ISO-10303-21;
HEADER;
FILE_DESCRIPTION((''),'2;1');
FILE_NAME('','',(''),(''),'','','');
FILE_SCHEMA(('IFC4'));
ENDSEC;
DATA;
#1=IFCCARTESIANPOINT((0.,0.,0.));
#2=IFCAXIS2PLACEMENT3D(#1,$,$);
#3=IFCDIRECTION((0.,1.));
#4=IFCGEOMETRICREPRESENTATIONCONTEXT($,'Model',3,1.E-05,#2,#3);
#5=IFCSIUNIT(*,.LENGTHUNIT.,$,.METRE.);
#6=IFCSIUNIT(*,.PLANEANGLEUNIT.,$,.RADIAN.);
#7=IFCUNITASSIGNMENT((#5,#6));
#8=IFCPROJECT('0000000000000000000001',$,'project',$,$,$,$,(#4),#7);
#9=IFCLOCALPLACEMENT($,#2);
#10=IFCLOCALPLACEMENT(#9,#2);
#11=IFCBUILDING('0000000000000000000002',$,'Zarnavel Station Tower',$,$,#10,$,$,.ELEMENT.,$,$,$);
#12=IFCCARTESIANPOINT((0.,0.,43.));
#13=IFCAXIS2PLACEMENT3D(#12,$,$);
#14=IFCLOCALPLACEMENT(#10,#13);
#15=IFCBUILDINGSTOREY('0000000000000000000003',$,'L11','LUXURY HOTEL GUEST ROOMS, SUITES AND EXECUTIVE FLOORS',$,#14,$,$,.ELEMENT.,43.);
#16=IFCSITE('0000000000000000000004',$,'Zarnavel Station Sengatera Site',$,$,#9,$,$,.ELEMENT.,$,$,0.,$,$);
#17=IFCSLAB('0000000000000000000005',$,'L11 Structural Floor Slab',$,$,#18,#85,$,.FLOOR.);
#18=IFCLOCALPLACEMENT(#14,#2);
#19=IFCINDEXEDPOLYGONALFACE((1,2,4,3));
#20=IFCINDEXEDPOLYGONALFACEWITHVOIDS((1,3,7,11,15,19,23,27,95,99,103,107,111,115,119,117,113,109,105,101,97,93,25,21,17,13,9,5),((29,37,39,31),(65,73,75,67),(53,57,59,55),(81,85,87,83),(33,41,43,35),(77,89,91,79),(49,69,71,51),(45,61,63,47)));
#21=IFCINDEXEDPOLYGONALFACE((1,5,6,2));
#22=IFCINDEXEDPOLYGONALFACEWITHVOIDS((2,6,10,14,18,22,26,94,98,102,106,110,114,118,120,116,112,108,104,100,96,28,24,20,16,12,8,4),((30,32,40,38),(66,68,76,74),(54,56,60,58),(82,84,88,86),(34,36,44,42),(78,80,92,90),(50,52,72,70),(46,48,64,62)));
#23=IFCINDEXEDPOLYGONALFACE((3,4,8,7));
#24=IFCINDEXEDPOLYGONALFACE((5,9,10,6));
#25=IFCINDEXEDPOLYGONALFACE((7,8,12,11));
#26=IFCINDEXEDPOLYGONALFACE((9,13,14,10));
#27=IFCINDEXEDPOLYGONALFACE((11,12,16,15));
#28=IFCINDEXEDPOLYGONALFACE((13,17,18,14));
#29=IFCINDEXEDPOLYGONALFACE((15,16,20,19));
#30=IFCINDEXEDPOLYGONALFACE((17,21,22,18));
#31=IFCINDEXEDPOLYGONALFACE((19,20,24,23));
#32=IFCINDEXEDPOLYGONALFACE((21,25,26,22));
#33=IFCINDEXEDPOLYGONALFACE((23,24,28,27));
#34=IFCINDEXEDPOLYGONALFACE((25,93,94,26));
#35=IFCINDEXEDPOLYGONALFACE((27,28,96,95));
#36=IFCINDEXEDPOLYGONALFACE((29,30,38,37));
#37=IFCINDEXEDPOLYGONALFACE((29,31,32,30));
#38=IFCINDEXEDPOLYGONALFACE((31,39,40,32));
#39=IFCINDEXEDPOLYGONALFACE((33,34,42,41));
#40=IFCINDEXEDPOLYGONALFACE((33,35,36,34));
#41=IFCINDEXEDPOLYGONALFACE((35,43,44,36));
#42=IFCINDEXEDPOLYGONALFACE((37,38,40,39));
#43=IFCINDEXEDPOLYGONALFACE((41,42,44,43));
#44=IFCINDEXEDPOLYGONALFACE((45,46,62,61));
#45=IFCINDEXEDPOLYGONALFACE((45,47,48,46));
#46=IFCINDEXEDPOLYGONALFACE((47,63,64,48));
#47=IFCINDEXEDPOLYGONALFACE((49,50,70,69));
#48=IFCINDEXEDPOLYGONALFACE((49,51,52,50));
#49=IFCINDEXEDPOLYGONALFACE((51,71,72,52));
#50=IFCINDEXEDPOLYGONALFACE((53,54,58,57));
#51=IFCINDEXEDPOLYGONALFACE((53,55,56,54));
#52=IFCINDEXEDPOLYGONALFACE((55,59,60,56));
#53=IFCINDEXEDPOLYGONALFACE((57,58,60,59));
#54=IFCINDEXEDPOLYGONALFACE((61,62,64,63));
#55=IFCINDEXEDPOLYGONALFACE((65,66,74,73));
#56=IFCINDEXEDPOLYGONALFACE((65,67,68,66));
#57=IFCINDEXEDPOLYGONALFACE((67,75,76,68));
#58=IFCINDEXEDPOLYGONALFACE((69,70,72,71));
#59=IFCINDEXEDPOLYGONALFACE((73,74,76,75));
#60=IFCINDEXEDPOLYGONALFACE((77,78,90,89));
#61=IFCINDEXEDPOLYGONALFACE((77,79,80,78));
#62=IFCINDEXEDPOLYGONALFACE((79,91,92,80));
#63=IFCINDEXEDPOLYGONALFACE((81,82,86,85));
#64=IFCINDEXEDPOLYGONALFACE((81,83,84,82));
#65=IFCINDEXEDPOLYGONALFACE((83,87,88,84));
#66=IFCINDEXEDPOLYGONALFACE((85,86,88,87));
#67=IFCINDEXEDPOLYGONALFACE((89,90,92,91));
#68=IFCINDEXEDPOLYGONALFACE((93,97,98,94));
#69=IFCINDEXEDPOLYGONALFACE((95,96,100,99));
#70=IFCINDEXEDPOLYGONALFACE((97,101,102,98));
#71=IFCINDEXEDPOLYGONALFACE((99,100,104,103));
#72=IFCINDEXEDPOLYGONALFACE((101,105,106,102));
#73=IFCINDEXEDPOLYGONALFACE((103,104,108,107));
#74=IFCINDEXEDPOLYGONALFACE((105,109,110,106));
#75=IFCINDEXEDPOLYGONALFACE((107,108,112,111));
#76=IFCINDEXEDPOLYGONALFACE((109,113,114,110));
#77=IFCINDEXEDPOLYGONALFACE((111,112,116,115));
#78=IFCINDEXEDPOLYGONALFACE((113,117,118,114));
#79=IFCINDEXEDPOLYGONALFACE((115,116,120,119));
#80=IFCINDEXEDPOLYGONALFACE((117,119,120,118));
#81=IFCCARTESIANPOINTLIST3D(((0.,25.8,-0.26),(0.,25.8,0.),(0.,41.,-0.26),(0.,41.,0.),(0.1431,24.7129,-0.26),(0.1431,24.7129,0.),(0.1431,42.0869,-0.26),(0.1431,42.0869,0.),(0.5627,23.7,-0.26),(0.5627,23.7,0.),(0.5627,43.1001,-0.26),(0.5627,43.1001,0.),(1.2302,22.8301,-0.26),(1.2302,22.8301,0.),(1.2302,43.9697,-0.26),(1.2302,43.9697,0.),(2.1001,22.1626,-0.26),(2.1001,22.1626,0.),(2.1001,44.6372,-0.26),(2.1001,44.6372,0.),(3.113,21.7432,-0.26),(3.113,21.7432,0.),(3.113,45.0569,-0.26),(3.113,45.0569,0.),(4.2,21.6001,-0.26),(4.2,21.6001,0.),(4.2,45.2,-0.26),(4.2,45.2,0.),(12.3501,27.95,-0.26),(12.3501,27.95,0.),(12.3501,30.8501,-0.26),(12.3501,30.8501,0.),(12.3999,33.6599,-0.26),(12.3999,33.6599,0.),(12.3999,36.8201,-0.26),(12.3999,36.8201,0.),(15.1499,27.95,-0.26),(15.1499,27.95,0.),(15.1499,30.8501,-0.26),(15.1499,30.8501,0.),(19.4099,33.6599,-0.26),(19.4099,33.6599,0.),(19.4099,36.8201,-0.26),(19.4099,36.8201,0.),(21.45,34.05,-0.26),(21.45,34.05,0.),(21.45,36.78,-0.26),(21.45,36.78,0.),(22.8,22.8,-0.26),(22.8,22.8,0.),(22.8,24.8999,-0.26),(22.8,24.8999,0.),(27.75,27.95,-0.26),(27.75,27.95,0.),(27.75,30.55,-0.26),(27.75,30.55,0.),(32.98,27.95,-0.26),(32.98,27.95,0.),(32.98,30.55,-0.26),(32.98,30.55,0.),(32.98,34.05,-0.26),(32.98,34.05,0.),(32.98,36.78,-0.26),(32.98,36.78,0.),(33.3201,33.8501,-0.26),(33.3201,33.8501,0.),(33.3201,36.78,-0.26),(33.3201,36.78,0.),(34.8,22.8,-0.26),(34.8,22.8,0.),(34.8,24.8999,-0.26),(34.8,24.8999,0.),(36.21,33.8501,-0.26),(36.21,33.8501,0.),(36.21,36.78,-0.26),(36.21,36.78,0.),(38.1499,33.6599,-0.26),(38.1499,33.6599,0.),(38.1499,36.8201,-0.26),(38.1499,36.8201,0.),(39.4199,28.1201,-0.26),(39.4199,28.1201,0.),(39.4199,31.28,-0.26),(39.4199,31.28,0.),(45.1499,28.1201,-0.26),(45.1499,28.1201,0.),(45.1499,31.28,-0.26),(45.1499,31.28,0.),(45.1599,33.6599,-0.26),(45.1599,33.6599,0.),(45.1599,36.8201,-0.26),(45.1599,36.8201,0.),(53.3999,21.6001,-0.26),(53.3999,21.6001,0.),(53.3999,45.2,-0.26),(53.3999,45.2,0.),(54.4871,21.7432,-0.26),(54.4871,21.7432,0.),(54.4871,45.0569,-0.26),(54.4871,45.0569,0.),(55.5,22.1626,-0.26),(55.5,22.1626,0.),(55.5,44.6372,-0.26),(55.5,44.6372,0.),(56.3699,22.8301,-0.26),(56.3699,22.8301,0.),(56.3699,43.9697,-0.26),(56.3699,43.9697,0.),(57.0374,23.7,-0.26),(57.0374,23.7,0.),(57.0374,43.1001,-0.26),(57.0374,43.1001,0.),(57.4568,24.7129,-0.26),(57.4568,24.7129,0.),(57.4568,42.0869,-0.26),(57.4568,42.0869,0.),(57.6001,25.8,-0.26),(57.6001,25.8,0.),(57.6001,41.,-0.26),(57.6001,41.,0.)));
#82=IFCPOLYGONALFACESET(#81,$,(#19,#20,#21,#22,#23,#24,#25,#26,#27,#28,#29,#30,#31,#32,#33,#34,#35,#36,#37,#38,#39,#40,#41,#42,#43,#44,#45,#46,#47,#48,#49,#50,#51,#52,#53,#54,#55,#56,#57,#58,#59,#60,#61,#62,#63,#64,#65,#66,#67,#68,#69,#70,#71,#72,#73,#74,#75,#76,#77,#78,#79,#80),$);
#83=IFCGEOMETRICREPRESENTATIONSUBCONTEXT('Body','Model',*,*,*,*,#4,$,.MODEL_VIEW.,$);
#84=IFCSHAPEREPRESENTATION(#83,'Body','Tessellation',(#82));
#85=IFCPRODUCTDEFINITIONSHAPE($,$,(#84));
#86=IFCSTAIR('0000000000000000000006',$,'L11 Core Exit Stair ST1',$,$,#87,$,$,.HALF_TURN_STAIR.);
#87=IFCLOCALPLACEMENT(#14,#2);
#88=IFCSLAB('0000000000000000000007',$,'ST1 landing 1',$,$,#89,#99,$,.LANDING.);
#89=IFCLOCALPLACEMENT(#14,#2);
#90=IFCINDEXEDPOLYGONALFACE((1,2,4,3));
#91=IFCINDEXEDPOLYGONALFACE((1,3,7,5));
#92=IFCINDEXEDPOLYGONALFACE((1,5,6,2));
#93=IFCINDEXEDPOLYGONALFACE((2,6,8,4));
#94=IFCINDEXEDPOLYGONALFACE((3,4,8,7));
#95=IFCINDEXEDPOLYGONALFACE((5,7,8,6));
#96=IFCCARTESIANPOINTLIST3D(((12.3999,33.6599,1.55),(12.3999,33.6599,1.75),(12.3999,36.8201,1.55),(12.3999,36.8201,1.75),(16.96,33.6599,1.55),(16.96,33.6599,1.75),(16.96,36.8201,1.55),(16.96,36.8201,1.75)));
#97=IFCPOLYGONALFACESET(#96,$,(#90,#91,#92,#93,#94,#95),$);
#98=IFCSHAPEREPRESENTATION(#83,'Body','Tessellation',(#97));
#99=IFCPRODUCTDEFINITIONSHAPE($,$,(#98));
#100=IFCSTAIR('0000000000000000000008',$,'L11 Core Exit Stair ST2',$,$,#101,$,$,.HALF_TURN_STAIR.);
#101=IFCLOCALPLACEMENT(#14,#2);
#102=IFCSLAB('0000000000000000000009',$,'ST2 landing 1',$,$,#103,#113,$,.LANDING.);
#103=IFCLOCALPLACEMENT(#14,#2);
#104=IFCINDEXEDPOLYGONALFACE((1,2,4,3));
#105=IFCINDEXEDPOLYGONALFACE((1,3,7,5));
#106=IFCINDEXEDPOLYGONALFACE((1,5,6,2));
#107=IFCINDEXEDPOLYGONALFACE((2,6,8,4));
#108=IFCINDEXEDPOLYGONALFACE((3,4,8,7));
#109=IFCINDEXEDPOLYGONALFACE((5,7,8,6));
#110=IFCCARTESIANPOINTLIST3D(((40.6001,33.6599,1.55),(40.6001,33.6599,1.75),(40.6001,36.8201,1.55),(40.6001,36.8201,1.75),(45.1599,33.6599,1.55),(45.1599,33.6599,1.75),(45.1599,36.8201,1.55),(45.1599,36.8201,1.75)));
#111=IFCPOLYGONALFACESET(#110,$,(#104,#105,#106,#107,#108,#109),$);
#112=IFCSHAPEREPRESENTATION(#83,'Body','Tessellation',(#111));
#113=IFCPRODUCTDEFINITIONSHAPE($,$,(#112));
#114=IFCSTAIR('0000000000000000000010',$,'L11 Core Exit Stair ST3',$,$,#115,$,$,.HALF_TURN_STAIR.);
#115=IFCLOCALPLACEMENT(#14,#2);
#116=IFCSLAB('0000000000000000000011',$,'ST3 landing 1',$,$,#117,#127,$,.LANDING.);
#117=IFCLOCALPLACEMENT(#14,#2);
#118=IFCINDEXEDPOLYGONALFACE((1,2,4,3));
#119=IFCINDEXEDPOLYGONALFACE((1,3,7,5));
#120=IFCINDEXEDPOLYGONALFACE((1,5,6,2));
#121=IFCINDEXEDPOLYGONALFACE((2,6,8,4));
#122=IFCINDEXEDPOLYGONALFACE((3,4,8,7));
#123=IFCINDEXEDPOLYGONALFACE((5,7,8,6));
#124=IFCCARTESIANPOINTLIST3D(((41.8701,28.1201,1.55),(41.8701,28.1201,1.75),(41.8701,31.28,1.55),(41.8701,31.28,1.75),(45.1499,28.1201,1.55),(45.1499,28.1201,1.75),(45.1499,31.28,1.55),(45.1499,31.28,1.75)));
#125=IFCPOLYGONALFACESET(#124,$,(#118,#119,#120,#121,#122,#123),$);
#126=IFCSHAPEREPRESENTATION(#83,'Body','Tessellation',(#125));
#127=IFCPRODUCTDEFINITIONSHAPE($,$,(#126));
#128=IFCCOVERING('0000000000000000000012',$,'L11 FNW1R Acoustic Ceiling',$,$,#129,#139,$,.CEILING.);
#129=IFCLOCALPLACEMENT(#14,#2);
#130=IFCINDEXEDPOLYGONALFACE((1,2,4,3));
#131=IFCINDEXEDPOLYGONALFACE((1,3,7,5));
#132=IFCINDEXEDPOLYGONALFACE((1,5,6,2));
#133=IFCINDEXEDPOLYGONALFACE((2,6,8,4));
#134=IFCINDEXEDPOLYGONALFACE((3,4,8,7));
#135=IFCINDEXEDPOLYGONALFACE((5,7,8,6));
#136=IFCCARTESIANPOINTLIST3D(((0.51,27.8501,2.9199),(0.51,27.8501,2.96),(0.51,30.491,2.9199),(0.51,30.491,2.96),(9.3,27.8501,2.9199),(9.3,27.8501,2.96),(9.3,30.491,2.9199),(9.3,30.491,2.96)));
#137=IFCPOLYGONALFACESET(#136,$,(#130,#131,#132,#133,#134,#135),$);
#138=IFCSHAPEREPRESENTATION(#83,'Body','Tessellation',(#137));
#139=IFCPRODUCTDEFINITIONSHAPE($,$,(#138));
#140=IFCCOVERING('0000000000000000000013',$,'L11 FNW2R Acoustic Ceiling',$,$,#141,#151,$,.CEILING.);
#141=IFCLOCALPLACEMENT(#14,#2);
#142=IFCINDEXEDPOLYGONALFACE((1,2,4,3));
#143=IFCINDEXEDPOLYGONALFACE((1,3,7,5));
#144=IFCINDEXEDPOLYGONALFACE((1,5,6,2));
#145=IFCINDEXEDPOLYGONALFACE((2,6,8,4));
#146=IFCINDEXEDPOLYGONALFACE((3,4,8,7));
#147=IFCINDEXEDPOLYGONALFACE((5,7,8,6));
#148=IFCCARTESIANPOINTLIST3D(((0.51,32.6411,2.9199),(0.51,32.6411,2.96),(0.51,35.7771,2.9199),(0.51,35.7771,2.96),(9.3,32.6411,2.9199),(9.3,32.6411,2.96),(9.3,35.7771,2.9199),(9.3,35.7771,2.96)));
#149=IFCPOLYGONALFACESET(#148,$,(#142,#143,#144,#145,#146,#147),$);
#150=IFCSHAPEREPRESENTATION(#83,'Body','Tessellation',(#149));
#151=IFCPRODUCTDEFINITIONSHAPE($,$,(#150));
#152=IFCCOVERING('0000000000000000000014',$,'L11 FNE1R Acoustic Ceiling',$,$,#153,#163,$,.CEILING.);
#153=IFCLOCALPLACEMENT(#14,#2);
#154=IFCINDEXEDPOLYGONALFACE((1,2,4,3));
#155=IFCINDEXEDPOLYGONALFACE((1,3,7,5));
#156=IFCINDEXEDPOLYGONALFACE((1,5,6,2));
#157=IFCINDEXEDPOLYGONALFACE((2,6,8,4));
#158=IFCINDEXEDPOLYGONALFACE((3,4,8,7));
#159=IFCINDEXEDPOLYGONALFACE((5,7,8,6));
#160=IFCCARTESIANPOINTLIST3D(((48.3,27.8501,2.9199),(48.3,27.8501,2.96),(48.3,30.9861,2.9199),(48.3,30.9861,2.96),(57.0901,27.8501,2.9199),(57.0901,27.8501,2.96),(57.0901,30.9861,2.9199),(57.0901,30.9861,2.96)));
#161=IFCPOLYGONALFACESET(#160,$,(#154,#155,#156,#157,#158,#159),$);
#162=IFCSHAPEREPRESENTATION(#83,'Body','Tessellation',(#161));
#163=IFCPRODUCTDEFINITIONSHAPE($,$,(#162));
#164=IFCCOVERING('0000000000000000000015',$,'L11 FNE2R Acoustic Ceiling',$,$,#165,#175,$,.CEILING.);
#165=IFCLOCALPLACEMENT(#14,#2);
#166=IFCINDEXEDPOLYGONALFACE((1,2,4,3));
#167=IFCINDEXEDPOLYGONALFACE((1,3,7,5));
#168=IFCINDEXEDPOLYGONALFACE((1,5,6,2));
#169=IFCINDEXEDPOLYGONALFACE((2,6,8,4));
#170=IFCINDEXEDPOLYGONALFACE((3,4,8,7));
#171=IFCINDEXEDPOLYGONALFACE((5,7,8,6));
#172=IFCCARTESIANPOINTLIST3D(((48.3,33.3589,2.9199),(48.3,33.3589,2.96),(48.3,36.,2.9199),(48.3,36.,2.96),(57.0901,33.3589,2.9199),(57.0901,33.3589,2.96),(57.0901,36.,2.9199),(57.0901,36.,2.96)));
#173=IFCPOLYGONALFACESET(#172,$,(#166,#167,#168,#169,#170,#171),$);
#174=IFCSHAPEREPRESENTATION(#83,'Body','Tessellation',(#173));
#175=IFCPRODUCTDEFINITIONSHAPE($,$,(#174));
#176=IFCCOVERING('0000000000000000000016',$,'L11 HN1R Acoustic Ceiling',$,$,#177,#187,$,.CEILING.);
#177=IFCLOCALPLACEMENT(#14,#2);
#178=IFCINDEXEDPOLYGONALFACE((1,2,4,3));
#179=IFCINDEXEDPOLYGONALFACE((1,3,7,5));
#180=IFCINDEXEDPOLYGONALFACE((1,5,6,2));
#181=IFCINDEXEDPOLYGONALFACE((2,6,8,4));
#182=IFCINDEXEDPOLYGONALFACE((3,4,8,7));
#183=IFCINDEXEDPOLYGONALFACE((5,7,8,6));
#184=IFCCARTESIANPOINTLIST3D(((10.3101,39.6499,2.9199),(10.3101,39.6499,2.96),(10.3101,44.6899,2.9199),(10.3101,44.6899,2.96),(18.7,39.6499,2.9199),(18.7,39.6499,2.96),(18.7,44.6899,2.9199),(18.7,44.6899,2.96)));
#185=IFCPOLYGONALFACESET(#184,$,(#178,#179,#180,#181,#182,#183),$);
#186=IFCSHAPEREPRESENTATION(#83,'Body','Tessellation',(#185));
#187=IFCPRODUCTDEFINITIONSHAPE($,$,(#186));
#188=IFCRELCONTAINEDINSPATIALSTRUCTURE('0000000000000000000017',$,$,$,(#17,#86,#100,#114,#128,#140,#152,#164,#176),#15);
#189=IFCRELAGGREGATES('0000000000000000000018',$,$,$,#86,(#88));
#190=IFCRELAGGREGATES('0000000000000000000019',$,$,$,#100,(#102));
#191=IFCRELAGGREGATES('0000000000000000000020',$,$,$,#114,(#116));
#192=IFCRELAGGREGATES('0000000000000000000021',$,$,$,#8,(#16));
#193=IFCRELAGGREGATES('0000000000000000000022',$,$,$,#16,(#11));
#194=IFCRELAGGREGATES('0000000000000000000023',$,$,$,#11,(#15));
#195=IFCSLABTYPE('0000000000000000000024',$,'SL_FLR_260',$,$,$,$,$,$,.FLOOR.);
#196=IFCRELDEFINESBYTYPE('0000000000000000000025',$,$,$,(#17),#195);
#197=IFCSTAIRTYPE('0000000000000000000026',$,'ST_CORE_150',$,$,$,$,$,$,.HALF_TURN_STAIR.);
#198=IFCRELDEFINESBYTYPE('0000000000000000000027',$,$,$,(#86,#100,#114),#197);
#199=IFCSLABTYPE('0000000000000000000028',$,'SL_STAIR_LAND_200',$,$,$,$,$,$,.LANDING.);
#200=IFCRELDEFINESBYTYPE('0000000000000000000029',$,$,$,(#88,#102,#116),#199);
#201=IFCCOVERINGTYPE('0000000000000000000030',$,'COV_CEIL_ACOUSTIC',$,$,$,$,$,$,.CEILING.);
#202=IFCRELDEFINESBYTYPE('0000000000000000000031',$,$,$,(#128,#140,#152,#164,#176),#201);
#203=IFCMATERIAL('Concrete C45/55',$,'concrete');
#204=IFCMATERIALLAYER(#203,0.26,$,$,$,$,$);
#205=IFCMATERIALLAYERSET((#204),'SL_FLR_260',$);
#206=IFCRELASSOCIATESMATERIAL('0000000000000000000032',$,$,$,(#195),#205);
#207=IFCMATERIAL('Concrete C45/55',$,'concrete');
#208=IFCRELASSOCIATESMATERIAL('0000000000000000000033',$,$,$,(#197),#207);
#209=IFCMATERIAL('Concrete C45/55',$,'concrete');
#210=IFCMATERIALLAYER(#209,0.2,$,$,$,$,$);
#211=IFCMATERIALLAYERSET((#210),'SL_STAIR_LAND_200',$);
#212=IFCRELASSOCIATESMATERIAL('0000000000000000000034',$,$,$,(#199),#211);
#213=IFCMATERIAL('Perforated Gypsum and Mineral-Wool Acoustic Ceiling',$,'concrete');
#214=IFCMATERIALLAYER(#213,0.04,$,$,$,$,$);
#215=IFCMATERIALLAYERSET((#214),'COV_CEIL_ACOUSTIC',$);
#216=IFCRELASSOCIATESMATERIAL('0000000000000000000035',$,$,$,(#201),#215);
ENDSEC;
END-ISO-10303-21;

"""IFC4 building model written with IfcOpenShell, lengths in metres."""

from ifc_helpers import new_model, si_unit, direction, frame, origin, place, context, subcontext, project, spatial, polyline, outline, extrude, material, layer, layer_set, type_object, element, aggregate, save


model = new_model("IFC4")

# Units and contexts
model_context = context("Model", 3, precision=1e-05, world=origin(), true_north=direction((0.0, 1.0)))
body_context = subcontext(model_context, "Body", "Model", "MODEL_VIEW")
ifc_project = project(units=[si_unit("LENGTHUNIT", "METRE"), si_unit("PLANEANGLEUNIT", "RADIAN")], contexts=[model_context])

# Site, building, storey
site_placement = place(None, origin())
site = spatial("IfcSite", under=ifc_project, at=site_placement, Name="Zarnavel Station Sengatera Site", CompositionType="ELEMENT", RefElevation=0.0)
building_placement = place(site_placement, origin())
building = spatial("IfcBuilding", under=site, at=building_placement, Name="Zarnavel Station Tower", CompositionType="ELEMENT")
storey_placement = place(building_placement, frame((0.0, 0.0, 43.0)))
storey = spatial("IfcBuildingStorey", under=building, at=storey_placement, Name="L11", Description="LUXURY HOTEL GUEST ROOMS, SUITES AND EXECUTIVE FLOORS", CompositionType="ELEMENT", Elevation=43.0)

# Slab
ifc_material_1 = material(Name="Concrete C45/55", Category="concrete")
ifc_layer_1 = layer(ifc_material_1, 0.26)
ifc_layer_set_1 = layer_set([ifc_layer_1], Name="SL_FLR_260")
slab_type_1 = type_object("IfcSlabType", Name="SL_FLR_260", PredefinedType="FLOOR", material=ifc_layer_set_1)
slab_1_placement = place(storey_placement, frame((0.0, 0.0, -0.26)))
element("IfcSlab", 1, at=slab_1_placement, inside=storey, type_object=slab_type_1, Name="L11 Structural Floor Slab", PredefinedType="FLOOR", context=body_context, shape_type="SweptSolid", body=[
    extrude(outline(polyline([(53.3999, 21.6001), (54.4871, 21.7432), (55.5, 22.1626), (56.3699, 22.8301), (57.0374, 23.7), (57.4568, 24.7129), (57.6001, 25.8), (57.6001, 41.0), (57.4568, 42.0869), (57.0374, 43.1001), (56.3699, 43.9697), (55.5, 44.6372), (54.4871, 45.0569), (53.3999, 45.2), (4.2, 45.2), (3.113, 45.0569), (2.1001, 44.6372), (1.2302, 43.9697), (0.5627, 43.1001), (0.1431, 42.0869), (0.0, 41.0), (0.0, 25.8), (0.1431, 24.7129), (0.5627, 23.7), (1.2302, 22.8301), (2.1001, 22.1626), (3.113, 21.7432), (4.2, 21.6001), (53.3999, 21.6001)]), holes=[polyline([(12.3999, 33.6599), (19.4099, 33.6599), (19.4099, 36.8201), (12.3999, 36.8201), (12.3999, 33.6599)]), polyline([(38.1499, 33.6599), (45.1599, 33.6599), (45.1599, 36.8201), (38.1499, 36.8201), (38.1499, 33.6599)]), polyline([(39.4199, 28.1201), (45.1499, 28.1201), (45.1499, 31.28), (39.4199, 31.28), (39.4199, 28.1201)]), polyline([(12.3501, 27.95), (15.1499, 27.95), (15.1499, 30.8501), (12.3501, 30.8501), (12.3501, 27.95)]), polyline([(33.3201, 33.8501), (36.21, 33.8501), (36.21, 36.78), (33.3201, 36.78), (33.3201, 33.8501)]), polyline([(21.45, 34.05), (32.98, 34.05), (32.98, 36.78), (21.45, 36.78), (21.45, 34.05)]), polyline([(27.75, 27.95), (32.98, 27.95), (32.98, 30.55), (27.75, 30.55), (27.75, 27.95)]), polyline([(22.8, 22.8), (34.8, 22.8), (34.8, 24.8999), (22.8, 24.8999), (22.8, 22.8)])]), origin(), (0.0, 0.0, 1.0), 0.26),
])

# Stairs, slabs
ifc_material_2 = material(Name="Concrete C45/55", Category="concrete")
stair_type = type_object("IfcStairType", Name="ST_CORE_150", PredefinedType="HALF_TURN_STAIR", material=ifc_material_2)
stair_1_placement = place(storey_placement, origin())
stair_1 = element("IfcStair", 2, at=stair_1_placement, inside=storey, type_object=stair_type, Name="L11 Core Exit Stair ST1", PredefinedType="HALF_TURN_STAIR")
ifc_material_3 = material(Name="Concrete C45/55", Category="concrete")
ifc_layer_2 = layer(ifc_material_3, 0.2)
ifc_layer_set_2 = layer_set([ifc_layer_2], Name="SL_STAIR_LAND_200")
slab_type_2 = type_object("IfcSlabType", Name="SL_STAIR_LAND_200", PredefinedType="LANDING", material=ifc_layer_set_2)
slab_2_placement = place(storey_placement, frame((0.0, 0.0, 1.55)))
slab_2 = element("IfcSlab", 3, at=slab_2_placement, type_object=slab_type_2, Name="ST1 landing 1", PredefinedType="LANDING", context=body_context, shape_type="SweptSolid", body=[
    extrude(outline(polyline([(16.96, 36.8201), (12.3999, 36.8201), (12.3999, 33.6599), (16.96, 33.6599), (16.96, 36.8201)])), origin(), (0.0, 0.0, 1.0), 0.2),
])
aggregate(stair_1, [slab_2])
stair_2_placement = place(storey_placement, origin())
stair_2 = element("IfcStair", 4, at=stair_2_placement, inside=storey, type_object=stair_type, Name="L11 Core Exit Stair ST2", PredefinedType="HALF_TURN_STAIR")
slab_3_placement = place(storey_placement, frame((0.0, 0.0, 1.55)))
slab_3 = element("IfcSlab", 5, at=slab_3_placement, type_object=slab_type_2, Name="ST2 landing 1", PredefinedType="LANDING", context=body_context, shape_type="SweptSolid", body=[
    extrude(outline(polyline([(40.6001, 33.6599), (45.1599, 33.6599), (45.1599, 36.8201), (40.6001, 36.8201), (40.6001, 33.6599)])), origin(), (0.0, 0.0, 1.0), 0.2),
])
aggregate(stair_2, [slab_3])
stair_3_placement = place(storey_placement, origin())
stair_3 = element("IfcStair", 6, at=stair_3_placement, inside=storey, type_object=stair_type, Name="L11 Core Exit Stair ST3", PredefinedType="HALF_TURN_STAIR")
slab_4_placement = place(storey_placement, frame((0.0, 0.0, 1.55)))
slab_4 = element("IfcSlab", 7, at=slab_4_placement, type_object=slab_type_2, Name="ST3 landing 1", PredefinedType="LANDING", context=body_context, shape_type="SweptSolid", body=[
    extrude(outline(polyline([(41.8701, 28.1201), (45.1499, 28.1201), (45.1499, 31.28), (41.8701, 31.28), (41.8701, 28.1201)])), origin(), (0.0, 0.0, 1.0), 0.2),
])
aggregate(stair_3, [slab_4])

# Coverings
ifc_material_4 = material(Name="Perforated Gypsum and Mineral-Wool Acoustic Ceiling", Category="concrete")
ifc_layer_3 = layer(ifc_material_4, 0.04)
ifc_layer_set_3 = layer_set([ifc_layer_3], Name="COV_CEIL_ACOUSTIC")
covering_type_1 = type_object("IfcCoveringType", Name="COV_CEIL_ACOUSTIC", PredefinedType="CEILING", material=ifc_layer_set_3)
covering_1_placement = place(storey_placement, frame((0.0, 0.0, 2.9199)))
element("IfcCovering", 8, at=covering_1_placement, inside=storey, type_object=covering_type_1, Name="L11 FNW1R Acoustic Ceiling", PredefinedType="CEILING", context=body_context, shape_type="SweptSolid", body=[
    extrude(outline(polyline([(0.51, 27.8501), (9.3, 27.8501), (9.3, 30.491), (0.51, 30.491), (0.51, 27.8501)])), origin(), (0.0, 0.0, 1.0), 0.04),
])
covering_2_placement = place(storey_placement, frame((0.0, 0.0, 2.9199)))
element("IfcCovering", 9, at=covering_2_placement, inside=storey, type_object=covering_type_1, Name="L11 FNW2R Acoustic Ceiling", PredefinedType="CEILING", context=body_context, shape_type="SweptSolid", body=[
    extrude(outline(polyline([(0.51, 32.6411), (9.3, 32.6411), (9.3, 35.7771), (0.51, 35.7771), (0.51, 32.6411)])), origin(), (0.0, 0.0, 1.0), 0.04),
])
covering_3_placement = place(storey_placement, frame((0.0, 0.0, 2.9199)))
element("IfcCovering", 10, at=covering_3_placement, inside=storey, type_object=covering_type_1, Name="L11 FNE1R Acoustic Ceiling", PredefinedType="CEILING", context=body_context, shape_type="SweptSolid", body=[
    extrude(outline(polyline([(48.3, 27.8501), (57.0901, 27.8501), (57.0901, 30.9861), (48.3, 30.9861), (48.3, 27.8501)])), origin(), (0.0, 0.0, 1.0), 0.04),
])
covering_4_placement = place(storey_placement, frame((0.0, 0.0, 2.9199)))
element("IfcCovering", 11, at=covering_4_placement, inside=storey, type_object=covering_type_1, Name="L11 FNE2R Acoustic Ceiling", PredefinedType="CEILING", context=body_context, shape_type="SweptSolid", body=[
    extrude(outline(polyline([(48.3, 33.3589), (57.0901, 33.3589), (57.0901, 36.0), (48.3, 36.0), (48.3, 33.3589)])), origin(), (0.0, 0.0, 1.0), 0.04),
])
covering_5_placement = place(storey_placement, frame((0.0, 0.0, 2.9199)))
element("IfcCovering", 12, at=covering_5_placement, inside=storey, type_object=covering_type_1, Name="L11 HN1R Acoustic Ceiling", PredefinedType="CEILING", context=body_context, shape_type="SweptSolid", body=[
    extrude(outline(polyline([(10.3101, 39.6499), (18.7, 39.6499), (18.7, 44.6899), (10.3101, 44.6899), (10.3101, 39.6499)])), origin(), (0.0, 0.0, 1.0), 0.04),
])

save(model, "model.ifc")
